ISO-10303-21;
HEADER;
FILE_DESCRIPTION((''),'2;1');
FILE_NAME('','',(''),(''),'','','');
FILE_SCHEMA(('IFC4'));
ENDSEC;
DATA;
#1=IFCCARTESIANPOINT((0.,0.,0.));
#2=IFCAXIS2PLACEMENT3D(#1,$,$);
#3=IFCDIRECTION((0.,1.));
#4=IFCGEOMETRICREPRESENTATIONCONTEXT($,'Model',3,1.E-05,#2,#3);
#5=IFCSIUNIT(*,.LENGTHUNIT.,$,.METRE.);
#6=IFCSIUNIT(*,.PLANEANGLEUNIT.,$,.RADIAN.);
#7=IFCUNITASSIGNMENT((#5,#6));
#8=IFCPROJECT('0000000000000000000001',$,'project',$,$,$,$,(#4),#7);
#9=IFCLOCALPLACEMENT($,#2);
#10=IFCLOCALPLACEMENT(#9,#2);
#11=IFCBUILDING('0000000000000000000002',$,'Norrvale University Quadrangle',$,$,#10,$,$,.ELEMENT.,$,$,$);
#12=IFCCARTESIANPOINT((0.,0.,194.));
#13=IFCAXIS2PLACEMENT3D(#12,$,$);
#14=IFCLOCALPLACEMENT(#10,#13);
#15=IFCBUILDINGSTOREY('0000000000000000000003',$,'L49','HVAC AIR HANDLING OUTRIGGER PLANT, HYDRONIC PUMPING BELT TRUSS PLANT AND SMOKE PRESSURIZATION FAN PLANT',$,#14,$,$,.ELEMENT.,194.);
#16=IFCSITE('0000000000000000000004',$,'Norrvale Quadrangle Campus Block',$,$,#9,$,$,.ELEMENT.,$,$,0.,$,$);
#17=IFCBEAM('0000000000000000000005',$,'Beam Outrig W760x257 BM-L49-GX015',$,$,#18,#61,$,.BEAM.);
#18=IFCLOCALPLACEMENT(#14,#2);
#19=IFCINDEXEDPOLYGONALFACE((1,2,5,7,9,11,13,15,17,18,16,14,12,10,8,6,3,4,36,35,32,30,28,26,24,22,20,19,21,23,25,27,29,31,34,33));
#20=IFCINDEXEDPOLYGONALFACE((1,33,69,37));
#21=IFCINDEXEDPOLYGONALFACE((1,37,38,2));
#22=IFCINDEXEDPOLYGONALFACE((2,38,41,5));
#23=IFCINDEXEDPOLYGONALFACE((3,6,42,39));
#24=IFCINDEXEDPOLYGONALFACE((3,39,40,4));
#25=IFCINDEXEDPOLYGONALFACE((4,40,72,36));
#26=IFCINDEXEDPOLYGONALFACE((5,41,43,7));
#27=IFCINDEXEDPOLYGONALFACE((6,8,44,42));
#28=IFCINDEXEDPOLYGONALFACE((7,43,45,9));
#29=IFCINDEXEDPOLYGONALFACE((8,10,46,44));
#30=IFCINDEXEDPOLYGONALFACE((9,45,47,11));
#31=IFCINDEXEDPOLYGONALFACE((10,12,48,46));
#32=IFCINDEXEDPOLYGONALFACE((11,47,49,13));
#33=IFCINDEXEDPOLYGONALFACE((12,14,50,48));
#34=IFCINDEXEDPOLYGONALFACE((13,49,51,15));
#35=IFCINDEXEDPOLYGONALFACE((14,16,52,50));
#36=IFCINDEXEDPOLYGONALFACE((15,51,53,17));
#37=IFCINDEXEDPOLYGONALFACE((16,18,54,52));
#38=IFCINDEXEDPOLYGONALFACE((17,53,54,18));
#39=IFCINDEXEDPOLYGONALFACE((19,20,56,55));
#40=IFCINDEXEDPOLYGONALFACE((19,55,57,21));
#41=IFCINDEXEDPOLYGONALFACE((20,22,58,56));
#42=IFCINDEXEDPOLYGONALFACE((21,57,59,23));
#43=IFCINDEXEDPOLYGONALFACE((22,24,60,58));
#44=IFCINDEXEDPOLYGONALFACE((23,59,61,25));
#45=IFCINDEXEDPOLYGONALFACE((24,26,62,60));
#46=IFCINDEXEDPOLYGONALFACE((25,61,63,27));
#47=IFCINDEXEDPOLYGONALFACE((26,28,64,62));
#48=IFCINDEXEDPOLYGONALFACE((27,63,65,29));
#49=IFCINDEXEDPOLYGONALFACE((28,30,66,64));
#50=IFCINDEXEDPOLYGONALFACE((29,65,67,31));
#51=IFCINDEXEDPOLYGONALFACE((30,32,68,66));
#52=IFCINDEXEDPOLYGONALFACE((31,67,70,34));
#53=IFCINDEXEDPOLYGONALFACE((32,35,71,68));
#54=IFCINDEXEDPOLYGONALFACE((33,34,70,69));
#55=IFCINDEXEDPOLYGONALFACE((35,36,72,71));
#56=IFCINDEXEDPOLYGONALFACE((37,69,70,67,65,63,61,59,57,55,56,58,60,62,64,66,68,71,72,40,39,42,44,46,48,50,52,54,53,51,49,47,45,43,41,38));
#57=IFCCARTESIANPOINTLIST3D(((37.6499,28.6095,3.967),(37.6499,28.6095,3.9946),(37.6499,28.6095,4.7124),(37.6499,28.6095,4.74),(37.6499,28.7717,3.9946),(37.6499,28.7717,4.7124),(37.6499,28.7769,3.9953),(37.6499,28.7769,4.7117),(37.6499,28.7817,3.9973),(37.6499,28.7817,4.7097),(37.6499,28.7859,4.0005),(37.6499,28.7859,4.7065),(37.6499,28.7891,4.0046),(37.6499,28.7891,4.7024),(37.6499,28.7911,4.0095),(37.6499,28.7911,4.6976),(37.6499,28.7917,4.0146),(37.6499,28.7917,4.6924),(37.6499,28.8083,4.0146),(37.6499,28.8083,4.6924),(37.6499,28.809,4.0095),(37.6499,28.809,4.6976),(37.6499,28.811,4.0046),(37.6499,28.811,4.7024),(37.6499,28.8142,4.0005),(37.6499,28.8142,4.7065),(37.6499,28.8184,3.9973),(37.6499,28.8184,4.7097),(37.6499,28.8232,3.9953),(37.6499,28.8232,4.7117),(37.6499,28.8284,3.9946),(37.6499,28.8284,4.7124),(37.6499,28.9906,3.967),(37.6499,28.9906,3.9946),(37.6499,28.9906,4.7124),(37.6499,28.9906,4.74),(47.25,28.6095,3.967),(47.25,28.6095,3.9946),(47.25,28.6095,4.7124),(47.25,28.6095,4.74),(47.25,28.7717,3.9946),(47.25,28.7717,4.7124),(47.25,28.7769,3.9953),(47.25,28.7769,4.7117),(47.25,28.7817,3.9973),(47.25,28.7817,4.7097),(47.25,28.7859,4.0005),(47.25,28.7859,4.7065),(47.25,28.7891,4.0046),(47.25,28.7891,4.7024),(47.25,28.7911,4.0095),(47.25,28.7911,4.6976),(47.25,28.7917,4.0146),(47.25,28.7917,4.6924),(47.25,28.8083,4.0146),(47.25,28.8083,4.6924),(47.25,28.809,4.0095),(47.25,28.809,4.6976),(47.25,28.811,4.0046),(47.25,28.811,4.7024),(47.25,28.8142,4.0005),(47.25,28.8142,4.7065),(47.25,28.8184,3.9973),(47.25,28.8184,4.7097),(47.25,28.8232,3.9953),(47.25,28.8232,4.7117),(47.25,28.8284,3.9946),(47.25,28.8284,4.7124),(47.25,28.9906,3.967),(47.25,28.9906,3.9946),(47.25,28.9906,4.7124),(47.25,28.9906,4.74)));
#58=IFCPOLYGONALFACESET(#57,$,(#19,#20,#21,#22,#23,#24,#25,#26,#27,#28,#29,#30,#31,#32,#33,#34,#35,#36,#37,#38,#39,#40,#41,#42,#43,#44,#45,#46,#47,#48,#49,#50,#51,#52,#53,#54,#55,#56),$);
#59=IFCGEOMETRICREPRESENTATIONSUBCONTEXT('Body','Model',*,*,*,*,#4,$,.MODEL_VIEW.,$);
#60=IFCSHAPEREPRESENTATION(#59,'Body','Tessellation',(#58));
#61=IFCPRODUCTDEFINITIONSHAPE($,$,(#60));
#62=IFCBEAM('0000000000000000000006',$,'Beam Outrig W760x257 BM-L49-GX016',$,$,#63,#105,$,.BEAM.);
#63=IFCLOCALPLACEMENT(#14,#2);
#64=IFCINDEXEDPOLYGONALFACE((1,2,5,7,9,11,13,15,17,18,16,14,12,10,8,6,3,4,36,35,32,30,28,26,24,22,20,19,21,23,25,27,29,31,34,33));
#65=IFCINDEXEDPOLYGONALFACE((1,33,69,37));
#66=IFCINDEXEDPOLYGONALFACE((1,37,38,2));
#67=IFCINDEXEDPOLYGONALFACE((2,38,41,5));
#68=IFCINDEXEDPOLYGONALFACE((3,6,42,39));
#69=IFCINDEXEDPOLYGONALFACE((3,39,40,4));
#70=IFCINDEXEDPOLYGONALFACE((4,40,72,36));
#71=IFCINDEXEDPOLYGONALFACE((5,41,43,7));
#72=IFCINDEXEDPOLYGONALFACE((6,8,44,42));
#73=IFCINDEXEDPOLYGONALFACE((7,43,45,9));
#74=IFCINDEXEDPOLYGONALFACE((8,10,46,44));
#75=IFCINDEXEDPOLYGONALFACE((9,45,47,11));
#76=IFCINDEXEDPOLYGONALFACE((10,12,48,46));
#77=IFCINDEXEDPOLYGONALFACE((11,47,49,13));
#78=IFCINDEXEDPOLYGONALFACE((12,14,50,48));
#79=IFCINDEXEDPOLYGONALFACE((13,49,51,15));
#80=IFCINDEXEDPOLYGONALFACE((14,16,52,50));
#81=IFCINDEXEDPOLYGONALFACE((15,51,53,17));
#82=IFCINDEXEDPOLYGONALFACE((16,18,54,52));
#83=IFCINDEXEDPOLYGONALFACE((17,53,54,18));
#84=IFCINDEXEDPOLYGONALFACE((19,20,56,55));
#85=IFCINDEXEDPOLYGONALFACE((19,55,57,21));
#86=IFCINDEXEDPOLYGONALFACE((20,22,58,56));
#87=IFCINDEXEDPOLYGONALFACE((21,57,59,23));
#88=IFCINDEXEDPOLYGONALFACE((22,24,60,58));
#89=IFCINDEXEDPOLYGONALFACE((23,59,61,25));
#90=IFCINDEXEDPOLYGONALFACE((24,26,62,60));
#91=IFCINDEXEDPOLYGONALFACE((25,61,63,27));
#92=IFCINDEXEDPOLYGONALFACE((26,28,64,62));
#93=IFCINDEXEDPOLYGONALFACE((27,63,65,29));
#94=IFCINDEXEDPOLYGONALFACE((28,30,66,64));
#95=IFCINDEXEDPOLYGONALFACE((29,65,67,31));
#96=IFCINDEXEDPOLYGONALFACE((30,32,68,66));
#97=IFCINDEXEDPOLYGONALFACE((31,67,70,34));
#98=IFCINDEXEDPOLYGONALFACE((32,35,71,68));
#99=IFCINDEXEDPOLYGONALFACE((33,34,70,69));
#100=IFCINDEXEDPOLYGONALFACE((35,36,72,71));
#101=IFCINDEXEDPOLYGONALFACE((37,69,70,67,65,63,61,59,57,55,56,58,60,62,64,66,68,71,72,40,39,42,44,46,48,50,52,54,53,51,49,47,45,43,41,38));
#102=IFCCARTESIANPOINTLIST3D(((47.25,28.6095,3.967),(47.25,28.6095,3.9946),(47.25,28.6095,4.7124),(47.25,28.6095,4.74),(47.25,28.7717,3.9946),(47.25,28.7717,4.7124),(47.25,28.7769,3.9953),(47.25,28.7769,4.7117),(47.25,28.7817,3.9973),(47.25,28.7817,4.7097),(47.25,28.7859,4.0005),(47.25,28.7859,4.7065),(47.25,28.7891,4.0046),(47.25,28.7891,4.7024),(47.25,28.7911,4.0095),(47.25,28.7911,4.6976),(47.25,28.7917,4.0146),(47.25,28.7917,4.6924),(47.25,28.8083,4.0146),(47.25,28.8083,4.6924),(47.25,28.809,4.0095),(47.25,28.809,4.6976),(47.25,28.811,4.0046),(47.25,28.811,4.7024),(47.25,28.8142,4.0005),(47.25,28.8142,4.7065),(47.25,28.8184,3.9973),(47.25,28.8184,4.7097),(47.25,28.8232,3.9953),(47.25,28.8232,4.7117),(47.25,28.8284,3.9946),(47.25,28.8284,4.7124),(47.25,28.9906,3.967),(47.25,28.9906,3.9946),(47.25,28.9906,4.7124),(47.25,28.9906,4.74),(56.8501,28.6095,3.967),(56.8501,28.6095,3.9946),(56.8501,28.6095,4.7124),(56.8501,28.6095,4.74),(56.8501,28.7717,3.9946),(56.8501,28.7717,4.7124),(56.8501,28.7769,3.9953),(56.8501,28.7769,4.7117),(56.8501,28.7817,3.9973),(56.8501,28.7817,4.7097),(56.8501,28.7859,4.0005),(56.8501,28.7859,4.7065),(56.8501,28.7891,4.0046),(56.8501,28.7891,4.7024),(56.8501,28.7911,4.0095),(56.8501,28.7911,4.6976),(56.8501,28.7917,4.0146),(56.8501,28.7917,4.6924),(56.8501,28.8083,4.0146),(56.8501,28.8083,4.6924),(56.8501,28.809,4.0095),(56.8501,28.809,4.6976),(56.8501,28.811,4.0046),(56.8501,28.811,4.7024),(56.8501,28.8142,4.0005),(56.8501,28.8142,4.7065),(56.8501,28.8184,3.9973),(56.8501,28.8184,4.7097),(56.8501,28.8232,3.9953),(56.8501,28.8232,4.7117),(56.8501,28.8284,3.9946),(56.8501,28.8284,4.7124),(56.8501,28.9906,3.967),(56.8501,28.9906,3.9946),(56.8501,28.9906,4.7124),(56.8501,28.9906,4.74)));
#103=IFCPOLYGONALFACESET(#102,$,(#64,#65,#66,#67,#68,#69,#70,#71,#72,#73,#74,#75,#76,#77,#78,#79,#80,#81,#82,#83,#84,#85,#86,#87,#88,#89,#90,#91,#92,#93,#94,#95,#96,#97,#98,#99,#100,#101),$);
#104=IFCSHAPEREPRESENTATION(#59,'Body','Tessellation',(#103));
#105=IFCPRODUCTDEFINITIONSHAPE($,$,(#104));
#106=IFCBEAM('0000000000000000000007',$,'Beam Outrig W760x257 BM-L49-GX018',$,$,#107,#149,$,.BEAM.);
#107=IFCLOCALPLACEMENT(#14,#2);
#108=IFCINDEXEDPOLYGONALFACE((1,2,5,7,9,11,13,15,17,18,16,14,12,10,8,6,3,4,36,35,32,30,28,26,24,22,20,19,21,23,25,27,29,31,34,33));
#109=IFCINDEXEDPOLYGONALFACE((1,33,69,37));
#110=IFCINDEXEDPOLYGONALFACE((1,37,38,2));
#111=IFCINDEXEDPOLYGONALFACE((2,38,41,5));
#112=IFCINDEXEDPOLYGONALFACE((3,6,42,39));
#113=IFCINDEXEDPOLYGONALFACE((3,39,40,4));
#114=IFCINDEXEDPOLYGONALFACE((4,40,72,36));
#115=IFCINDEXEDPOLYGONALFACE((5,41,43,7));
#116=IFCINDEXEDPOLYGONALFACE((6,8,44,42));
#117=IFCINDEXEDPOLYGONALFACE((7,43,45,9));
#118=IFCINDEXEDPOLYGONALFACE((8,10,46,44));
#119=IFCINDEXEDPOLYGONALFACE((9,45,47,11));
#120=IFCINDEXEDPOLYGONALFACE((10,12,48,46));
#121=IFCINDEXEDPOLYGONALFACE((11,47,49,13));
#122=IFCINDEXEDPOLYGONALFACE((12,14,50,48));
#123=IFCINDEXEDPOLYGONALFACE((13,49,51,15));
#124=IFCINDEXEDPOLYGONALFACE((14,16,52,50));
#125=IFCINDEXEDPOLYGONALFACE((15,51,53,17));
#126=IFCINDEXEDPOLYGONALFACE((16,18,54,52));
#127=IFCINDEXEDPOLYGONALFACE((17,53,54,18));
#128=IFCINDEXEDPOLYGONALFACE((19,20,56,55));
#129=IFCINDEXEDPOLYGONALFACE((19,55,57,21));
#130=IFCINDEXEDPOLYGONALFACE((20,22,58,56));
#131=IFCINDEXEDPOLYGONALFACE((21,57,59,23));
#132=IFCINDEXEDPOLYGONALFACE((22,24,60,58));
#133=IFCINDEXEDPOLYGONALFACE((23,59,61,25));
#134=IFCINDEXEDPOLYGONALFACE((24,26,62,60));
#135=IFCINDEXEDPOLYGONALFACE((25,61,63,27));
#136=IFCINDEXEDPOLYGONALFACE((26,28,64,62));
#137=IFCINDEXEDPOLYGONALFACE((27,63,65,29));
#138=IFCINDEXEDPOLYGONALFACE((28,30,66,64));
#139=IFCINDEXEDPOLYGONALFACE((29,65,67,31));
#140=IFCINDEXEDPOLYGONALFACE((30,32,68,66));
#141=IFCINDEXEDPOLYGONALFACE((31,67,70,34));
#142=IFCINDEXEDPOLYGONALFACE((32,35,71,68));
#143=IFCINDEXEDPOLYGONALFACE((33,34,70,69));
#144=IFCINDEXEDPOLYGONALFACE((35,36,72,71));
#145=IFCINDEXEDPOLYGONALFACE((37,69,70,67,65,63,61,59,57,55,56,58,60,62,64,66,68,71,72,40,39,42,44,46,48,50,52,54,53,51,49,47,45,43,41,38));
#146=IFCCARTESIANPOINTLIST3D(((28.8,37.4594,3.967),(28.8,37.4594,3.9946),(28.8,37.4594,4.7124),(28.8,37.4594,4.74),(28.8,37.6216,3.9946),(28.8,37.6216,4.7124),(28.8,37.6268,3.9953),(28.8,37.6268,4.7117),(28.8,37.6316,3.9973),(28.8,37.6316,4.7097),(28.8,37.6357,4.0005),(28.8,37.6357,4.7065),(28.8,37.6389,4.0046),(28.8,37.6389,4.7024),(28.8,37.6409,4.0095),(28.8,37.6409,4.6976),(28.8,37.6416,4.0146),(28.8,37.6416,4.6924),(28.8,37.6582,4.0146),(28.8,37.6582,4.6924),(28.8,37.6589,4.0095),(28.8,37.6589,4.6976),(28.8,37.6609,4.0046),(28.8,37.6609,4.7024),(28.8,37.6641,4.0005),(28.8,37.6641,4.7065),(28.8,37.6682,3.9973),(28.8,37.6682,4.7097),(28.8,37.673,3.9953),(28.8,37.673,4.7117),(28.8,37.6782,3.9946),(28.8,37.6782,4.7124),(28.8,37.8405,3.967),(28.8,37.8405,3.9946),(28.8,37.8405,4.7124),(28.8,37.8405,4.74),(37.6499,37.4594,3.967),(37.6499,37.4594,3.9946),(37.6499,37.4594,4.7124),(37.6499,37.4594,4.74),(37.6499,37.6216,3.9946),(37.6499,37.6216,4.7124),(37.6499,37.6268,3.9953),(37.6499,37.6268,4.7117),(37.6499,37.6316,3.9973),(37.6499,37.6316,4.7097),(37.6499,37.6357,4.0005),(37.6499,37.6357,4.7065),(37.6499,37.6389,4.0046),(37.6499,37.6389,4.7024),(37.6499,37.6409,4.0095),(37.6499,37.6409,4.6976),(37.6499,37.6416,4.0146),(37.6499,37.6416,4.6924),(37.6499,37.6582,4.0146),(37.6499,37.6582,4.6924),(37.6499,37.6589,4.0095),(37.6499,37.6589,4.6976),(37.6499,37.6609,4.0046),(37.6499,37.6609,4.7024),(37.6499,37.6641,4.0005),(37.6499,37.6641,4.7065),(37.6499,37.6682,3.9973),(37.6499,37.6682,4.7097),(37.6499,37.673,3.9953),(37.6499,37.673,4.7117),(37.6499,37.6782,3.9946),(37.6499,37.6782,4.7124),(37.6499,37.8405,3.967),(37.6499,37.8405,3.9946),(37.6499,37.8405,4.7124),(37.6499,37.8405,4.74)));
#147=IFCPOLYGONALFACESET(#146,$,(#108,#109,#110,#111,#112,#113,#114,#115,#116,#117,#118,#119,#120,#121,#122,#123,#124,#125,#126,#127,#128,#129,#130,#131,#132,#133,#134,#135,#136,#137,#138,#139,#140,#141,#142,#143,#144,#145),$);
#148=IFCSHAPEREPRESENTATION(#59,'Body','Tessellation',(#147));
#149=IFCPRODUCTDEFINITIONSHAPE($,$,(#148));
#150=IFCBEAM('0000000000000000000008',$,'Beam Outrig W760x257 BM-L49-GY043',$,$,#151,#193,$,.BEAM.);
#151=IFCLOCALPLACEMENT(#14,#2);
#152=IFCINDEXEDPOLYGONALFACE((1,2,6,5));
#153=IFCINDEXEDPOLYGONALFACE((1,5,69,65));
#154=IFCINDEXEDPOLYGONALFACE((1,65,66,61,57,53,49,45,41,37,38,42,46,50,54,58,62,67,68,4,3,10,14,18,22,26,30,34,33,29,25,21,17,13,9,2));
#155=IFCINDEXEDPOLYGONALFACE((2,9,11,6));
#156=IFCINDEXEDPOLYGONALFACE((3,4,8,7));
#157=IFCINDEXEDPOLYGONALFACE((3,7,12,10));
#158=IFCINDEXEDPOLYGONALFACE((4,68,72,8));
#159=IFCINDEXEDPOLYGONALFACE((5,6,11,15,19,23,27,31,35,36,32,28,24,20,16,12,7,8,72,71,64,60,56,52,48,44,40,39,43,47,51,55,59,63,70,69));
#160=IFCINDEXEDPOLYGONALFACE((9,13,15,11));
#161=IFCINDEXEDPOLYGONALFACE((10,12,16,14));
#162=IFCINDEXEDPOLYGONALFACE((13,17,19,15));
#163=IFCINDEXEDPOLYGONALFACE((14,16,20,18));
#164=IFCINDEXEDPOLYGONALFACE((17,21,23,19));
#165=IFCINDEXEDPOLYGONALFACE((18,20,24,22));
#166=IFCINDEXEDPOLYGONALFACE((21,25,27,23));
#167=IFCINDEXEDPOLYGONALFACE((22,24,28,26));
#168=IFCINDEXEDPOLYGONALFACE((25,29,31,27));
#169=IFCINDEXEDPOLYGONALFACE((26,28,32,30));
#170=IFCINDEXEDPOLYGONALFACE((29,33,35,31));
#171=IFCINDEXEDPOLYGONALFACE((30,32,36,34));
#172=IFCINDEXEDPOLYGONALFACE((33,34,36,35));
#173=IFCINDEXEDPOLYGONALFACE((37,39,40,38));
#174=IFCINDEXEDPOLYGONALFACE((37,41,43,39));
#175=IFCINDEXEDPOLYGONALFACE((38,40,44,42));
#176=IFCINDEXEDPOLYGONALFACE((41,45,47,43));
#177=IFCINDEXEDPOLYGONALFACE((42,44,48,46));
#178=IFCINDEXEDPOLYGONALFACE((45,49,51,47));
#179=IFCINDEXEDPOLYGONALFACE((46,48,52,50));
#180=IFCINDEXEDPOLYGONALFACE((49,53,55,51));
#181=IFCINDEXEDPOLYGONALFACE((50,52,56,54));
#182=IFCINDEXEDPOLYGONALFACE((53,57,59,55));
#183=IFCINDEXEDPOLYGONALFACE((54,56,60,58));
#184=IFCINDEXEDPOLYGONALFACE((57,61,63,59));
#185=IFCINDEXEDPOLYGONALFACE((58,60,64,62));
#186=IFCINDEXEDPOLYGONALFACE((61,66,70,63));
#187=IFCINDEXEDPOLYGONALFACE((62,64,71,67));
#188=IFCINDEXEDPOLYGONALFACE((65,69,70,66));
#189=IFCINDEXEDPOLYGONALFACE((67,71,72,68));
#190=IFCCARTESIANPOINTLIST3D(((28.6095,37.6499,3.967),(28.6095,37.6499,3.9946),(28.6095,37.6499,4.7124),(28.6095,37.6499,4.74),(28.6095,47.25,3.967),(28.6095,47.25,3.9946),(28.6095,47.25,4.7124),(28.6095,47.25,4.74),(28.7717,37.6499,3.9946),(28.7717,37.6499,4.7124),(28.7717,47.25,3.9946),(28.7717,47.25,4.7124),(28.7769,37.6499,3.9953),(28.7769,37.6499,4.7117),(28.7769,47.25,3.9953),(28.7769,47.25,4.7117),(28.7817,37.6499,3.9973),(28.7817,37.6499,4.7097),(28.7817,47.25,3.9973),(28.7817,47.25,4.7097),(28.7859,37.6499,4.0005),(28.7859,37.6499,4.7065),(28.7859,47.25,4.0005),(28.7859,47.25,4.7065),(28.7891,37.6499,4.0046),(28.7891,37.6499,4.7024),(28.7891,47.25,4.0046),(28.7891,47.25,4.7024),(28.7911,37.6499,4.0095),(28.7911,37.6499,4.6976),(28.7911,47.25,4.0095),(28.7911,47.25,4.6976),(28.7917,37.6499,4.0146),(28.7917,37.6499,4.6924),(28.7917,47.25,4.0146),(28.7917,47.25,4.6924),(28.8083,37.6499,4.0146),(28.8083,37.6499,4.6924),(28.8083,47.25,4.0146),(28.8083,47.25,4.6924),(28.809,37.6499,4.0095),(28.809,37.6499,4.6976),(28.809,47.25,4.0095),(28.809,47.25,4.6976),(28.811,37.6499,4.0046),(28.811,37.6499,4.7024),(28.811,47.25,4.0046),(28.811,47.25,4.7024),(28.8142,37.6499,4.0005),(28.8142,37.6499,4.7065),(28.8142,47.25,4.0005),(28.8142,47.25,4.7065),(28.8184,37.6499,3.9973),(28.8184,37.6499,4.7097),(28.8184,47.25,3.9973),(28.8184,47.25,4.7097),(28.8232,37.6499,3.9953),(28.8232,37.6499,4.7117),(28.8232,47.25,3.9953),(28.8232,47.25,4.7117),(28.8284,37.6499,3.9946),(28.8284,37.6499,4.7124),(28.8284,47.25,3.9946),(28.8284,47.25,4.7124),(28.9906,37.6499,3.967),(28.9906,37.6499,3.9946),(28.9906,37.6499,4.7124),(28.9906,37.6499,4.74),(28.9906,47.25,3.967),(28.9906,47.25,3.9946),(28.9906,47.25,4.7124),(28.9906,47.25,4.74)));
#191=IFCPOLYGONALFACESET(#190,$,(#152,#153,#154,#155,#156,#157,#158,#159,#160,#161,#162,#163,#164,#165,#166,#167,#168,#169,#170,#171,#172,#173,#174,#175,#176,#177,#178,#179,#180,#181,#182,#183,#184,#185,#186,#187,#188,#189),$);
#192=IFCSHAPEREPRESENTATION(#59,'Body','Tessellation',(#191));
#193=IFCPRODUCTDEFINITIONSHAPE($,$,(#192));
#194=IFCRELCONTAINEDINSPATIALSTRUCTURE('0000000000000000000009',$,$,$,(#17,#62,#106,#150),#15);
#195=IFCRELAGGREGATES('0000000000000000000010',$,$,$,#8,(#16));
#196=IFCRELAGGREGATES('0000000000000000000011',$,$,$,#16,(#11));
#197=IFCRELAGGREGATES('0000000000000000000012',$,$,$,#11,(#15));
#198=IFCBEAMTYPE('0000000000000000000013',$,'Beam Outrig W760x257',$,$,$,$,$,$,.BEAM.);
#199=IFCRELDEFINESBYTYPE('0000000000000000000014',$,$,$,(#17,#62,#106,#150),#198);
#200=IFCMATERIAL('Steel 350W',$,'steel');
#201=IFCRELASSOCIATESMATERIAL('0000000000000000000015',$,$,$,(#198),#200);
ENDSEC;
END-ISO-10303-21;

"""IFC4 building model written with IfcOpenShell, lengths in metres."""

from ifc_helpers import new_model, si_unit, direction, frame, origin, origin_2d, place, context, subcontext, project, spatial, i_section, extrude, material, material_profile, profile_set, type_object, element, save


model = new_model("IFC4")

# Units and contexts
model_context = context("Model", 3, precision=1e-05, world=origin(), true_north=direction((0.0, 1.0)))
body_context = subcontext(model_context, "Body", "Model", "MODEL_VIEW")
ifc_project = project(units=[si_unit("LENGTHUNIT", "METRE"), si_unit("PLANEANGLEUNIT", "RADIAN")], contexts=[model_context])

# Site, building, storey
site_placement = place(None, origin())
site = spatial("IfcSite", under=ifc_project, at=site_placement, Name="Norrvale Quadrangle Campus Block", CompositionType="ELEMENT", RefElevation=0.0)
building_placement = place(site_placement, origin())
building = spatial("IfcBuilding", under=site, at=building_placement, Name="Norrvale University Quadrangle", CompositionType="ELEMENT")
storey_placement = place(building_placement, frame((0.0, 0.0, 194.0)))
storey = spatial("IfcBuildingStorey", under=building, at=storey_placement, Name="L49", Description="HVAC AIR HANDLING OUTRIGGER PLANT, HYDRONIC PUMPING BELT TRUSS PLANT AND SMOKE PRESSURIZATION FAN PLANT", CompositionType="ELEMENT", Elevation=194.0)

# Beams
ifc_material_1 = material(Name="Steel 350W", Category="steel")
ifc_material_profile_1 = material_profile(ifc_material_1, i_section(OverallWidth=0.3811, OverallDepth=0.7729, WebThickness=0.0166, FlangeThickness=0.0276, FilletRadius=0.02, at=origin_2d()), Name="Steel 350W")
ifc_profile_set_1 = profile_set([ifc_material_profile_1], Name="Steel 350W")
beam_type_1 = type_object("IfcBeamType", Name="Beam Outrig W760x257", PredefinedType="BEAM", material=ifc_profile_set_1)
for number, where, z_axis, x_axis, name in (
    (1, (37.6499, 28.8, 4.3535), (1.0, 0.0, 0.0), (0.0, 1.0, 0.0), "Beam Outrig W760x257 BM-L49-GX015"),
    (2, (47.25, 28.8, 4.3535), (1.0, 0.0, 0.0), (0.0, 1.0, 0.0), "Beam Outrig W760x257 BM-L49-GX016"),
):
    element("IfcBeam", number, at=place(storey_placement, frame(where, z_axis=z_axis, x_axis=x_axis)), inside=storey, type_object=beam_type_1, Name=name, PredefinedType="BEAM", context=body_context, shape_type="SweptSolid", body=[
        extrude(i_section(OverallWidth=0.3811, OverallDepth=0.7729, WebThickness=0.0166, FlangeThickness=0.0276, FilletRadius=0.02, at=origin_2d()), origin(), (0.0, 0.0, 1.0), 9.6001),
    ])
beam_1_placement = place(storey_placement, frame((28.8, 37.6499, 4.3535), z_axis=(1.0, 0.0, 0.0), x_axis=(0.0, 1.0, 0.0)))
element("IfcBeam", 3, at=beam_1_placement, inside=storey, type_object=beam_type_1, Name="Beam Outrig W760x257 BM-L49-GX018", PredefinedType="BEAM", context=body_context, shape_type="SweptSolid", body=[
    extrude(i_section(OverallWidth=0.3811, OverallDepth=0.7729, WebThickness=0.0166, FlangeThickness=0.0276, FilletRadius=0.02, at=origin_2d()), origin(), (0.0, 0.0, 1.0), 8.8499),
])
beam_2_placement = place(storey_placement, frame((28.8, 37.6499, 4.3535), z_axis=(0.0, 1.0, 0.0), x_axis=(-1.0, 0.0, 0.0)))
element("IfcBeam", 4, at=beam_2_placement, inside=storey, type_object=beam_type_1, Name="Beam Outrig W760x257 BM-L49-GY043", PredefinedType="BEAM", context=body_context, shape_type="SweptSolid", body=[
    extrude(i_section(OverallWidth=0.3811, OverallDepth=0.7729, WebThickness=0.0166, FlangeThickness=0.0276, FilletRadius=0.02, at=origin_2d()), origin(), (0.0, 0.0, 1.0), 9.6001),
])

save(model, "model.ifc")
